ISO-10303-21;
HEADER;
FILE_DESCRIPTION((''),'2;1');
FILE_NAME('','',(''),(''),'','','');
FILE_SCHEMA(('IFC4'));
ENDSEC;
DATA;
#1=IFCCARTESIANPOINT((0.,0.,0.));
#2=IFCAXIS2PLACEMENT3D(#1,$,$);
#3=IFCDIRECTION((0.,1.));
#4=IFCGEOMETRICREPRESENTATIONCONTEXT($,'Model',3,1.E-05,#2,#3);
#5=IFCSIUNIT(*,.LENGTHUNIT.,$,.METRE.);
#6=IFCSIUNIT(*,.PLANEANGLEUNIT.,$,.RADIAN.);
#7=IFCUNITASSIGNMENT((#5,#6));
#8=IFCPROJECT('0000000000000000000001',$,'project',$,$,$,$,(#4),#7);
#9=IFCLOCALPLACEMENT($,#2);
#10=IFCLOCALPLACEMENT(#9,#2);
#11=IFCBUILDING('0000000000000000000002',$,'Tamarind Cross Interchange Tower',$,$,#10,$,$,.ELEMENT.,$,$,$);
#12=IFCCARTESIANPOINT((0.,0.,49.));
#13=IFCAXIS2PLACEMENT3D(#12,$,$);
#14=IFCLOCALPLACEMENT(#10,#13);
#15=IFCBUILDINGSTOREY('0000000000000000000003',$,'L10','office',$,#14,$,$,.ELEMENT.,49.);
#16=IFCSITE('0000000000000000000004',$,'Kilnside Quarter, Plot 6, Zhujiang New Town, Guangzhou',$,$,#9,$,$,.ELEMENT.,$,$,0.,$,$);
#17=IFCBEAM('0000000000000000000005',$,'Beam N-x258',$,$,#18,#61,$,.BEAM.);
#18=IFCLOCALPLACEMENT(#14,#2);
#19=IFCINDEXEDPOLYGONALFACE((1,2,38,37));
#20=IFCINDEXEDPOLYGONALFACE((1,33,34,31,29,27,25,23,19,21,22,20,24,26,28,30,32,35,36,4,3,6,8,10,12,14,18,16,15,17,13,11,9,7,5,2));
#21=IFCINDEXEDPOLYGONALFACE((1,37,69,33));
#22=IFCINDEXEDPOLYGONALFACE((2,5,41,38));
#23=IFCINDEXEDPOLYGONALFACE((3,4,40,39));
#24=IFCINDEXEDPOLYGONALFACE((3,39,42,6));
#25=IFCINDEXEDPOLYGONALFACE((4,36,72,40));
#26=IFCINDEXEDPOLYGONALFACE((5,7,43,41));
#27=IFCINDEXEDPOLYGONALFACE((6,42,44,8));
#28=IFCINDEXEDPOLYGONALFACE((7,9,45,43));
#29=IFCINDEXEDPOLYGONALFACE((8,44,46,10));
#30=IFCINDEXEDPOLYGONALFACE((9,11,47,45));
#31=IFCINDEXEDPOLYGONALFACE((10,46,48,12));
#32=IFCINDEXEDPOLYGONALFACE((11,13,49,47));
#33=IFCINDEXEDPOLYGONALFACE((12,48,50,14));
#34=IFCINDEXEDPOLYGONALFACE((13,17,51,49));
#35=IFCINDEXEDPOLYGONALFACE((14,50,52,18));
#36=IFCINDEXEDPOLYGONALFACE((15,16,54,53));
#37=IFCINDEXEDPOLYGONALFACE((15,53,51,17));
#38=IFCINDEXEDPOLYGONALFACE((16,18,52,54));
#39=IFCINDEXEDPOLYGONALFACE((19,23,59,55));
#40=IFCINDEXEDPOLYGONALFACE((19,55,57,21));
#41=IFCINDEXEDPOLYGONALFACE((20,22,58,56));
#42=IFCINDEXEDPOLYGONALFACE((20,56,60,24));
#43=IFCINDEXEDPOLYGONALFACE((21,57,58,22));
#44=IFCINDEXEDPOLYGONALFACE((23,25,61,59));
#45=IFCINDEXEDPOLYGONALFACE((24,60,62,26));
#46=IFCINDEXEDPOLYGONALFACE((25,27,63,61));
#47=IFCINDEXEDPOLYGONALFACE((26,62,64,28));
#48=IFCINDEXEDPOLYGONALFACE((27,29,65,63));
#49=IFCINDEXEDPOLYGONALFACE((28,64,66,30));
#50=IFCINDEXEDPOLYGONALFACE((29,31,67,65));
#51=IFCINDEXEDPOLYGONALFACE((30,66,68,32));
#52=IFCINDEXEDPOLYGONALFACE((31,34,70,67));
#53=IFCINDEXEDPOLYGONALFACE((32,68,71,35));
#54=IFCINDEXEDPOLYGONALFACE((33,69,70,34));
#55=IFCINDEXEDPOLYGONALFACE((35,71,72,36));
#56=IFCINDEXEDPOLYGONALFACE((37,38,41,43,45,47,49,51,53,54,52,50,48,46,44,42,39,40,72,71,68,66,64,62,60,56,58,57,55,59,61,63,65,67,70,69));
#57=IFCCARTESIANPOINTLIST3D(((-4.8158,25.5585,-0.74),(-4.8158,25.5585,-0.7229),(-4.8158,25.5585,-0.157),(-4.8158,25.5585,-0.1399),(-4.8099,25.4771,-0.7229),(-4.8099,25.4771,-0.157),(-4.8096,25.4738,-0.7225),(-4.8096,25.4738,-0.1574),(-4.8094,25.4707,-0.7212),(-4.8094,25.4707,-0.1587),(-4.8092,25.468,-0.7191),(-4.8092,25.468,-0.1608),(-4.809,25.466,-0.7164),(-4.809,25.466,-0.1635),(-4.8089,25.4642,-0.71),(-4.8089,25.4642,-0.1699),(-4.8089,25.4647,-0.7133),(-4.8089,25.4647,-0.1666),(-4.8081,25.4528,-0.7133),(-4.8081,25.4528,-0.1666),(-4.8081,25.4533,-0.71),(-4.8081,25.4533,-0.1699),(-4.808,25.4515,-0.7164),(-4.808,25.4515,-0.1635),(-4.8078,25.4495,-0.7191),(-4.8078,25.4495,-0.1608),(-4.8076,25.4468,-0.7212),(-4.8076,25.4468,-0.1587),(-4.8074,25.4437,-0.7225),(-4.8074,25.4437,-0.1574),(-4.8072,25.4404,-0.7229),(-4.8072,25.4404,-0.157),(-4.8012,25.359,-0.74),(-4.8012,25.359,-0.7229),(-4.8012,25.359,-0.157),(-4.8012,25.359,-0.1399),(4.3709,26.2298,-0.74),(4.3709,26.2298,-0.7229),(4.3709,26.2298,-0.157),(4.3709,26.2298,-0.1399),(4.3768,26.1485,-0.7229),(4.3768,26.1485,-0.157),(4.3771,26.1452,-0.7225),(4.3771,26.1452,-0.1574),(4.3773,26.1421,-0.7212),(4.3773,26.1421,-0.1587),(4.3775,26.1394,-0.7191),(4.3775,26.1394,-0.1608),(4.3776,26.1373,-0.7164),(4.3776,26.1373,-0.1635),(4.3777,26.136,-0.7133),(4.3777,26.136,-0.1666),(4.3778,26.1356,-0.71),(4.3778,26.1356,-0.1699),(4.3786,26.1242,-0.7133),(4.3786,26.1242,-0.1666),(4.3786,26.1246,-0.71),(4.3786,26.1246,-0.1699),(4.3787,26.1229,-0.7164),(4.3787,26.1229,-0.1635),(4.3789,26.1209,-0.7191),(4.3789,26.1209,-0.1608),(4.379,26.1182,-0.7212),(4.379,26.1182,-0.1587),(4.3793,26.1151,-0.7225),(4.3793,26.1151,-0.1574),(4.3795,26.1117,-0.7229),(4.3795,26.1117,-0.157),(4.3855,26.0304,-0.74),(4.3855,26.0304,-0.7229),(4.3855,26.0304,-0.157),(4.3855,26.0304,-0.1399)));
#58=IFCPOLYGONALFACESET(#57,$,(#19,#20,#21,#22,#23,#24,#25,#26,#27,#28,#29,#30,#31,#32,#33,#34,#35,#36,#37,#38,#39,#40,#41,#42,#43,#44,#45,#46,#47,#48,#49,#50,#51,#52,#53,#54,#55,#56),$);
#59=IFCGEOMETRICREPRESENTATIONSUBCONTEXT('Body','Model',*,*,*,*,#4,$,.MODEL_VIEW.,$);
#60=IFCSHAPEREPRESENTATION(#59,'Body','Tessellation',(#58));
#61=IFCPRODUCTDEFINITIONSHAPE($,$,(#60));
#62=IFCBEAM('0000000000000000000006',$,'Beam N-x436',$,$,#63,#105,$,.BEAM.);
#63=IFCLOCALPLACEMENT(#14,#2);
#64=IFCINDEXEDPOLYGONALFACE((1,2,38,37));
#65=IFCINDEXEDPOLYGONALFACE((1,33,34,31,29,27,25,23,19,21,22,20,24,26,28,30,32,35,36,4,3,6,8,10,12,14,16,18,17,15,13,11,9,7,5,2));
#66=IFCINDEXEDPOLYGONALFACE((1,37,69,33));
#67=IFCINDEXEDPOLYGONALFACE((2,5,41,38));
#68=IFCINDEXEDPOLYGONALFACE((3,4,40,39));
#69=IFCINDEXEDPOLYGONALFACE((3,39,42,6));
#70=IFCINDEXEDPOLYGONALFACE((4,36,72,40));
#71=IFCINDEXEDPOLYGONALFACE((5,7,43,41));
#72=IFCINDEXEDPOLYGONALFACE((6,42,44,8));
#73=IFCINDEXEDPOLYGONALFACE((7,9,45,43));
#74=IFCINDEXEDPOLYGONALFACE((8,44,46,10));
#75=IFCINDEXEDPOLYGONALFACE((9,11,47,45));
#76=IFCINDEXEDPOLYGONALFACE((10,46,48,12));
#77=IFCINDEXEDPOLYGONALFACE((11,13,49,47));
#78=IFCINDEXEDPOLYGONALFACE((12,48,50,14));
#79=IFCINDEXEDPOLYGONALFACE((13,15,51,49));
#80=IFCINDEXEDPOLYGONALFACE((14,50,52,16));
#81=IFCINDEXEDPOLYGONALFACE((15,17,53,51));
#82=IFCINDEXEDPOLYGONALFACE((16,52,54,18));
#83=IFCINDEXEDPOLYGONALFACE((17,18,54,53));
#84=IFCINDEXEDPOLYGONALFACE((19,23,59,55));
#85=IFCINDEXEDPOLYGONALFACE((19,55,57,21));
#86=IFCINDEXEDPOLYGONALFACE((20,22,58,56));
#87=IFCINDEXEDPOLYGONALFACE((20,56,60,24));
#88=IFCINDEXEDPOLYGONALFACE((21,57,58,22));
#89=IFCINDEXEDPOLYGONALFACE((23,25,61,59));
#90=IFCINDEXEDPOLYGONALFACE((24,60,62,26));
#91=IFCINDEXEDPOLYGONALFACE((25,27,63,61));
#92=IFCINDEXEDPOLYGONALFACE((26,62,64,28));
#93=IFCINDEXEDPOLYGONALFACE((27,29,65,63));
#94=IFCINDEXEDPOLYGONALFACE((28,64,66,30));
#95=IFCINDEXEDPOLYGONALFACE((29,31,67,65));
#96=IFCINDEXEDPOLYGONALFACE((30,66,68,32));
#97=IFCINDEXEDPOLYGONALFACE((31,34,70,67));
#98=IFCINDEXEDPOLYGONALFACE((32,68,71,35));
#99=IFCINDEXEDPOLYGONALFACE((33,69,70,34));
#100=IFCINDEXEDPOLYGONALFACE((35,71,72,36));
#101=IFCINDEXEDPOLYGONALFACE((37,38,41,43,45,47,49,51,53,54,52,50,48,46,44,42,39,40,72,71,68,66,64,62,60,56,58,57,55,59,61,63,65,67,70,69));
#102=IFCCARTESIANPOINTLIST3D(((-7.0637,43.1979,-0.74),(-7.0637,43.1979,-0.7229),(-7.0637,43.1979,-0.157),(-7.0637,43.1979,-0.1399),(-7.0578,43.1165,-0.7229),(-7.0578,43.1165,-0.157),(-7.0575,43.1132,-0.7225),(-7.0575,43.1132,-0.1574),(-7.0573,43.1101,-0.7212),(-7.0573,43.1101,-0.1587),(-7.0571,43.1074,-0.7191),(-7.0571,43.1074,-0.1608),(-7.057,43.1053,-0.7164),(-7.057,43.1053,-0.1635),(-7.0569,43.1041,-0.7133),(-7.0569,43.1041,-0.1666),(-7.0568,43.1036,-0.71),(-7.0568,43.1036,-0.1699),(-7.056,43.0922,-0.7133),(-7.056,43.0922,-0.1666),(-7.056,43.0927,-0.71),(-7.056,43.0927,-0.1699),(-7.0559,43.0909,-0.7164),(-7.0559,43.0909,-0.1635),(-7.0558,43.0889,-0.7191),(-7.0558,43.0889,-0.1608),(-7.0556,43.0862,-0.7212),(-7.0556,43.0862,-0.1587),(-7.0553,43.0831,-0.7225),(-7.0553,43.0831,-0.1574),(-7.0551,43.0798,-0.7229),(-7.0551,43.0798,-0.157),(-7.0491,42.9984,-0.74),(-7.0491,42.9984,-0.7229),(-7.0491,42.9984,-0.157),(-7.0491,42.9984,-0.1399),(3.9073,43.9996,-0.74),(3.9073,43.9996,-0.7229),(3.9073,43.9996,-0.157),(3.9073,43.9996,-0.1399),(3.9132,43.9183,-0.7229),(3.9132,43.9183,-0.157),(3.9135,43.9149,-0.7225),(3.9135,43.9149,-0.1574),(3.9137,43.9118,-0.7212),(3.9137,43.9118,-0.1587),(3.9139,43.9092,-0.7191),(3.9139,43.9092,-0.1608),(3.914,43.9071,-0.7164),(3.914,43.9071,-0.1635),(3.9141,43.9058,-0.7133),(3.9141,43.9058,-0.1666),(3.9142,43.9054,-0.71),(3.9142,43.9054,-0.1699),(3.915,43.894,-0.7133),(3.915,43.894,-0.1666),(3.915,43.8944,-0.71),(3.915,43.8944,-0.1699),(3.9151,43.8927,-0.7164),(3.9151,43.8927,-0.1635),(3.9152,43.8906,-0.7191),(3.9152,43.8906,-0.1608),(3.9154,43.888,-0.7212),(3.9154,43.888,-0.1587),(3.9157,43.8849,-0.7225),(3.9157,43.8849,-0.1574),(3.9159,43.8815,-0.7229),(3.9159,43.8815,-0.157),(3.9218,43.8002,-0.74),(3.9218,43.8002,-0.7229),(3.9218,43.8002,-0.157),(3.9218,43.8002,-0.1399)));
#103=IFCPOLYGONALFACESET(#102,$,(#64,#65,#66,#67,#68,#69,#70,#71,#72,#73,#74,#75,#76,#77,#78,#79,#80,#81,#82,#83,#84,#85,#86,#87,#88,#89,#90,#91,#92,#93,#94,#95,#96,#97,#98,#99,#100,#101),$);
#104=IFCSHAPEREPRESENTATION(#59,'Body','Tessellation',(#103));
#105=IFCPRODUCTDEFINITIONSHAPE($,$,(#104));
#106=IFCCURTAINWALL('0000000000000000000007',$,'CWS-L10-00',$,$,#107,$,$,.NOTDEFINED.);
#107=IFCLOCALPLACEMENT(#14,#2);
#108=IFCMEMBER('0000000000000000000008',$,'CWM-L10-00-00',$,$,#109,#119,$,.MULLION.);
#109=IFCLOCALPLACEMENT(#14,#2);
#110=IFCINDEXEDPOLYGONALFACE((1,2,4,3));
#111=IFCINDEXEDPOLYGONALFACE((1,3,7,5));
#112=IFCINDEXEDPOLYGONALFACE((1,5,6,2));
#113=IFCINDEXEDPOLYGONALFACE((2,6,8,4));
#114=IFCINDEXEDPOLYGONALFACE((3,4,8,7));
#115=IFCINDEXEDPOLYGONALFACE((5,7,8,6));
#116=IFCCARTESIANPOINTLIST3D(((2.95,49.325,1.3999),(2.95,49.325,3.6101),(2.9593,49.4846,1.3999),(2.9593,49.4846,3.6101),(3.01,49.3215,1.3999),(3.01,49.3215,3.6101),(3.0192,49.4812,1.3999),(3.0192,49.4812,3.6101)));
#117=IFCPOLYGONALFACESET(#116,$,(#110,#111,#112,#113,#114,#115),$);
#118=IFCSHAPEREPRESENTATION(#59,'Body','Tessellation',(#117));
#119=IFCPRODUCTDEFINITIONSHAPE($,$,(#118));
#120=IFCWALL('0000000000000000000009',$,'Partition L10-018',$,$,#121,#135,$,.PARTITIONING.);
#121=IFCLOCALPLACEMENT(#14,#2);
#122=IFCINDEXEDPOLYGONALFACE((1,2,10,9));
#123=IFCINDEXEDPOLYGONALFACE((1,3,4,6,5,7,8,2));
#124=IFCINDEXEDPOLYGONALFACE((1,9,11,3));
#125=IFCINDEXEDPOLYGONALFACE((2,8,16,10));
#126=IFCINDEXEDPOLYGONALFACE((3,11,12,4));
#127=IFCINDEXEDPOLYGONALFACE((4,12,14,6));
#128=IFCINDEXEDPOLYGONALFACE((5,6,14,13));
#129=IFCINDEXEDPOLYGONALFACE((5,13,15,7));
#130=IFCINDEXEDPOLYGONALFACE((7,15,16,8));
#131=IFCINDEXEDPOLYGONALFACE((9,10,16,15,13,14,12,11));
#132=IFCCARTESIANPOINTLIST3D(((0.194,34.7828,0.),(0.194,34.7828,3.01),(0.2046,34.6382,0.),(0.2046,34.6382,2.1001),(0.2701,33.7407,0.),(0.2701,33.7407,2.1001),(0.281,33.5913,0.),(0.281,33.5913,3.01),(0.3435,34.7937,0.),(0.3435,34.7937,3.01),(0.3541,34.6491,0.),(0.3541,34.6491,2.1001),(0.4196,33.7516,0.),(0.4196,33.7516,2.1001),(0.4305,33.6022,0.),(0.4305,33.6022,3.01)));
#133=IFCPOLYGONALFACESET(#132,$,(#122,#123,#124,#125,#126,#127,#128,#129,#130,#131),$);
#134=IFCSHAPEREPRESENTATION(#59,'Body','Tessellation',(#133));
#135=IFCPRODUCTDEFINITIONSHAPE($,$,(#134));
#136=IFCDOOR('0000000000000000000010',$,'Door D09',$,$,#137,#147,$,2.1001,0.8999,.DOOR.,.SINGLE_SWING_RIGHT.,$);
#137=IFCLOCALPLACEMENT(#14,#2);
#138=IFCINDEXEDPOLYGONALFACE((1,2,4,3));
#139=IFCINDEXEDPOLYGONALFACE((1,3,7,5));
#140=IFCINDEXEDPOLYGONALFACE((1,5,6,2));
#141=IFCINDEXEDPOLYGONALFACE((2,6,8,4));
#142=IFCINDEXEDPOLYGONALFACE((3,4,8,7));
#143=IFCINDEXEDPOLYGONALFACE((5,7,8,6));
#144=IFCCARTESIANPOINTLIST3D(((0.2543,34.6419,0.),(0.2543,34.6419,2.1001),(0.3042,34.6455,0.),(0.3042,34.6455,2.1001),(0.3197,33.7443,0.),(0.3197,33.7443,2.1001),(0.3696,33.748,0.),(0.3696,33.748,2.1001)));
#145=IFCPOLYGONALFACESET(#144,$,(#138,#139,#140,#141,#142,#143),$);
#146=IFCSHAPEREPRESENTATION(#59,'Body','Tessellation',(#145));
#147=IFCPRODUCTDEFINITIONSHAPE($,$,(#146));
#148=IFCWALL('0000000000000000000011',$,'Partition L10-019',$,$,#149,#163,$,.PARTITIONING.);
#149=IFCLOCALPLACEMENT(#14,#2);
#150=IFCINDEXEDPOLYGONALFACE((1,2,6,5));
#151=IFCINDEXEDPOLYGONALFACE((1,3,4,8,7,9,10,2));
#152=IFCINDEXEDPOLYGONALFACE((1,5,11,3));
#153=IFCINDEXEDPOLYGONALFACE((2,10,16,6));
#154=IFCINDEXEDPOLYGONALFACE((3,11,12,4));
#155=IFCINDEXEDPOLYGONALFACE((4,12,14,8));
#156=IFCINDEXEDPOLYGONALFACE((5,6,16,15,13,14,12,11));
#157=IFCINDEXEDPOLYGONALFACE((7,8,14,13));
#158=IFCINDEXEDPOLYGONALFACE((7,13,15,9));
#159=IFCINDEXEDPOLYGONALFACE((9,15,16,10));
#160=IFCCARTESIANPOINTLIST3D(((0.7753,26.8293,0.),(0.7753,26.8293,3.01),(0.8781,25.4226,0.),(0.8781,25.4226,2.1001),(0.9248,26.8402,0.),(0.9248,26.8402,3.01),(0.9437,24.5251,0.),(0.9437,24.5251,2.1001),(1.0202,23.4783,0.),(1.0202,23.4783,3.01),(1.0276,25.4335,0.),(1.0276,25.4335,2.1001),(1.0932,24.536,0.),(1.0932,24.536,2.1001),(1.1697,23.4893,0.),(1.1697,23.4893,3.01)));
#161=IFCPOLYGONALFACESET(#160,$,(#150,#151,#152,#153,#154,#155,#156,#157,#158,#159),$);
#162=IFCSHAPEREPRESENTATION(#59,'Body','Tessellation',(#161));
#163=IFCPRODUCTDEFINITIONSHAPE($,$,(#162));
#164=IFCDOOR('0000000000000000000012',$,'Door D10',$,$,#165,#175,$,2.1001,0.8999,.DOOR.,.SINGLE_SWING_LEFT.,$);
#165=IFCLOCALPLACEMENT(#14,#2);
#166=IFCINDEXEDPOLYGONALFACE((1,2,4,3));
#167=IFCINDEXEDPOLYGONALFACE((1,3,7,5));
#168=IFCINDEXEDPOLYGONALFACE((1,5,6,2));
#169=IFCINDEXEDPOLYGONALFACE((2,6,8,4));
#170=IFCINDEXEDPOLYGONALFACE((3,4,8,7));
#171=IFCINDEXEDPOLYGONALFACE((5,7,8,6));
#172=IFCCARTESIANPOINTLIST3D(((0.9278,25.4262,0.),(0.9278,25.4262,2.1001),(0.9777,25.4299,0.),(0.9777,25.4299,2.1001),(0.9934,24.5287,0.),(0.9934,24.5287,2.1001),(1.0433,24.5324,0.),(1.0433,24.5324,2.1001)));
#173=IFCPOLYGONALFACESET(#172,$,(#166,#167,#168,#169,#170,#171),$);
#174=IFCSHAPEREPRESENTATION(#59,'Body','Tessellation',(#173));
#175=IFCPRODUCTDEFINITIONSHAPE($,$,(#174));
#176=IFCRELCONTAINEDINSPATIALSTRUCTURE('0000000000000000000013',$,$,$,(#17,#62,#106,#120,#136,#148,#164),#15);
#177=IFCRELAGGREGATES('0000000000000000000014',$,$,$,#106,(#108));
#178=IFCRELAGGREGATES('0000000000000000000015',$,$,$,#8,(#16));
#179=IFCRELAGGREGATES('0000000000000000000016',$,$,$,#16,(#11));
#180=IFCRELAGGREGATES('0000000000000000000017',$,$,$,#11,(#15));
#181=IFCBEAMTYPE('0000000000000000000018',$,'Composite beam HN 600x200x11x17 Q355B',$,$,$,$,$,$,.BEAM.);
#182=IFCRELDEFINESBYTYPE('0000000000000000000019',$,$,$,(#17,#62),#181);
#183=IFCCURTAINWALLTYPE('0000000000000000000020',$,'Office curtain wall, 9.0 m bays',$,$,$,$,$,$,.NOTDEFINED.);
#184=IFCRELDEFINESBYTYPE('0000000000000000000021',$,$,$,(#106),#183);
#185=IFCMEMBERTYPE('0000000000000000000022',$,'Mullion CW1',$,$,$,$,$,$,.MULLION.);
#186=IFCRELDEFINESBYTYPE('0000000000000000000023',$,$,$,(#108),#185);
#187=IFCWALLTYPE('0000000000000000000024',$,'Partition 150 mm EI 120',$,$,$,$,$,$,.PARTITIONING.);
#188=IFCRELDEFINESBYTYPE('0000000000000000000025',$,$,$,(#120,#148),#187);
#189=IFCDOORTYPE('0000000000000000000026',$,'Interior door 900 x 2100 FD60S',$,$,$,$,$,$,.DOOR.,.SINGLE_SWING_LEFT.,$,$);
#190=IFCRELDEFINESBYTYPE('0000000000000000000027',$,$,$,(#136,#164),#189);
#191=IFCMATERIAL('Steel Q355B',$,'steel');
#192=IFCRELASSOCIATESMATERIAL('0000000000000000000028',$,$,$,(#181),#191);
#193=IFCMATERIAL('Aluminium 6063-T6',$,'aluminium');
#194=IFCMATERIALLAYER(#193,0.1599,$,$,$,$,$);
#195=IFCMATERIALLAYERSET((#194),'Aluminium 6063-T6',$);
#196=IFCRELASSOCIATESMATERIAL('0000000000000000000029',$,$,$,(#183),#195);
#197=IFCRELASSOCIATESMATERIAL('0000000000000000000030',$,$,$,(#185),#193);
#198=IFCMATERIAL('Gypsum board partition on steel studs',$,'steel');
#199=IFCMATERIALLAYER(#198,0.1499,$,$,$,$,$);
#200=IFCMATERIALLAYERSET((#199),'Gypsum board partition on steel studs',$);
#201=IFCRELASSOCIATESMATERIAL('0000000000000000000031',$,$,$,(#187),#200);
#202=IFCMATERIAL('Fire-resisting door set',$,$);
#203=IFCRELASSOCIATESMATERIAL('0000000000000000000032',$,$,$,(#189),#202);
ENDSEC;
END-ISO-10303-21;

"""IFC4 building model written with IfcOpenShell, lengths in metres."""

from ifc_helpers import new_model, si_unit, direction, frame, frame_2d, origin, origin_2d, place, context, subcontext, project, spatial, rectangle, i_section, extrude, material, layer, layer_set, material_profile, profile_set, type_object, element, fill, aggregate, save


model = new_model("IFC4")

# Units and contexts
model_context = context("Model", 3, precision=1e-05, world=origin(), true_north=direction((0.0, 1.0)))
body_context = subcontext(model_context, "Body", "Model", "MODEL_VIEW")
ifc_project = project(units=[si_unit("LENGTHUNIT", "METRE"), si_unit("PLANEANGLEUNIT", "RADIAN")], contexts=[model_context])

# Site, building, storey
site_placement = place(None, origin())
site = spatial("IfcSite", under=ifc_project, at=site_placement, Name="Kilnside Quarter, Plot 6, Zhujiang New Town, Guangzhou", CompositionType="ELEMENT", RefElevation=0.0)
building_placement = place(site_placement, origin())
building = spatial("IfcBuilding", under=site, at=building_placement, Name="Tamarind Cross Interchange Tower", CompositionType="ELEMENT")
storey_placement = place(building_placement, frame((0.0, 0.0, 49.0)))
storey = spatial("IfcBuildingStorey", under=building, at=storey_placement, Name="L10", Description="office", CompositionType="ELEMENT", Elevation=49.0)

# Beams
ifc_material_1 = material(Name="Steel Q355B", Category="steel")
ifc_material_profile_1 = material_profile(ifc_material_1, i_section(OverallWidth=0.2, OverallDepth=0.6001, WebThickness=0.011, FlangeThickness=0.0171, FilletRadius=0.0129, at=origin_2d()), Name="HN 600x200x11x17")
ifc_profile_set_1 = profile_set([ifc_material_profile_1], Name="Steel Q355B")
beam_type_1 = type_object("IfcBeamType", Name="Composite beam HN 600x200x11x17 Q355B", PredefinedType="BEAM", material=ifc_profile_set_1)
beam_1_placement = place(storey_placement, frame((4.3782, 26.1301, -0.4399), z_axis=(-0.99734, -0.072888, 0.0), x_axis=(0.072888, -0.99734, 0.0)))
element("IfcBeam", 1, at=beam_1_placement, inside=storey, type_object=beam_type_1, Name="Beam N-x258", PredefinedType="BEAM", context=body_context, shape_type="SweptSolid", body=[
    extrude(i_section(OverallWidth=0.2, OverallDepth=0.6001, WebThickness=0.011, FlangeThickness=0.0171, FilletRadius=0.0129, at=origin_2d()), origin(), (0.0, 0.0, 1.0), 9.2112),
])
beam_2_placement = place(storey_placement, frame((3.9146, 43.8999, -0.4399), z_axis=(-0.99734, -0.072886, 0.0), x_axis=(0.072886, -0.99734, 0.0)))
element("IfcBeam", 2, at=beam_2_placement, inside=storey, type_object=beam_type_1, Name="Beam N-x436", PredefinedType="BEAM", context=body_context, shape_type="SweptSolid", body=[
    extrude(i_section(OverallWidth=0.2, OverallDepth=0.6001, WebThickness=0.011, FlangeThickness=0.0171, FilletRadius=0.0129, at=origin_2d()), origin(), (0.0, 0.0, 1.0), 11.0002),
])

# Curtain wall, member
ifc_material_2 = material(Name="Aluminium 6063-T6", Category="aluminium")
ifc_layer_1 = layer(ifc_material_2, 0.1599)
ifc_layer_set_1 = layer_set([ifc_layer_1], Name="Aluminium 6063-T6")
curtain_wall_type = type_object("IfcCurtainWallType", Name="Office curtain wall, 9.0 m bays", PredefinedType="NOTDEFINED", material=ifc_layer_set_1)
curtain_wall_placement = place(storey_placement, origin())
curtain_wall = element("IfcCurtainWall", 3, at=curtain_wall_placement, inside=storey, type_object=curtain_wall_type, Name="CWS-L10-00", PredefinedType="NOTDEFINED")
ifc_material_profile_2 = material_profile(ifc_material_2, rectangle(XDim=0.0601, YDim=0.1599, at=origin_2d()), Name="Mullion CW1")
ifc_profile_set_2 = profile_set([ifc_material_profile_2], Name="Aluminium 6063-T6")
member_type = type_object("IfcMemberType", Name="Mullion CW1", PredefinedType="MULLION", material=ifc_profile_set_2)
member_placement = place(storey_placement, frame((2.9846, 49.4031, 1.3999), z_axis=(0.0, 0.0, 1.0), x_axis=(-0.998321, 0.057926, 0.0)))
member = element("IfcMember", 4, at=member_placement, type_object=member_type, Name="CWM-L10-00-00", PredefinedType="MULLION", context=body_context, shape_type="SweptSolid", body=[
    extrude(rectangle(XDim=0.0601, YDim=0.1599, at=origin_2d()), origin(), (0.0, 0.0, 1.0), 2.2102),
])
aggregate(curtain_wall, [member])

# Walls, openings, doors
ifc_material_3 = material(Name="Gypsum board partition on steel studs", Category="steel")
ifc_layer_2 = layer(ifc_material_3, 0.1499)
ifc_layer_set_2 = layer_set([ifc_layer_2], Name="Gypsum board partition on steel studs")
wall_type_1 = type_object("IfcWallType", Name="Partition 150 mm EI 120", PredefinedType="PARTITIONING", material=ifc_layer_set_2)
wall_1_placement = place(storey_placement, frame((0.2688, 34.7881, 0.0), z_axis=(0.0, 0.0, 1.0), x_axis=(0.072757, -0.99735, 0.0)))
wall_1 = element("IfcWall", 5, at=wall_1_placement, inside=storey, type_object=wall_type_1, Name="Partition L10-018", PredefinedType="PARTITIONING", context=body_context, shape_type="SweptSolid", body=[
    extrude(rectangle(XDim=1.1946, YDim=0.1499, at=frame_2d((0.5972, 0.0))), origin(), (0.0, 0.0, 1.0), 3.01),
])
opening_1_placement = place(wall_1_placement, frame((0.1448, 0.0, 0.0)))
opening_1 = element("IfcOpeningElement", 6, at=opening_1_placement, cuts=wall_1, PredefinedType="OPENING", context=body_context, shape_type="SweptSolid", body=[
    extrude(rectangle(XDim=0.8999, YDim=2.1001, at=frame_2d((0.45, 1.05))), frame((0.0, 0.085, 0.0), z_axis=(0.0, -1.0, 0.0), x_axis=(1.0, 0.0, 0.0)), (0.0, 0.0, 1.0), 0.1699),
])
ifc_material_4 = material(Name="Fire-resisting door set")
door_type_1 = type_object("IfcDoorType", Name="Interior door 900 x 2100 FD60S", OperationType="SINGLE_SWING_LEFT", PredefinedType="DOOR", material=ifc_material_4)
door_1_placement = place(opening_1_placement, origin())
door_1 = element("IfcDoor", 7, at=door_1_placement, inside=storey, type_object=door_type_1, Name="Door D09", OperationType="SINGLE_SWING_RIGHT", OverallHeight=2.1001, OverallWidth=0.8999, PredefinedType="DOOR", context=body_context, shape_type="SweptSolid", body=[
    extrude(rectangle(XDim=0.8999, YDim=2.1001, at=frame_2d((0.45, 1.05))), frame((0.0, 0.0249, 0.0), z_axis=(0.0, -1.0, 0.0), x_axis=(1.0, 0.0, 0.0)), (0.0, 0.0, 1.0), 0.05),
])
fill(opening_1, door_1)
wall_2_placement = place(storey_placement, frame((0.8501, 26.8347, 0.0), z_axis=(0.0, 0.0, 1.0), x_axis=(0.072884, -0.99734, 0.0)))
wall_2 = element("IfcWall", 8, at=wall_2_placement, inside=storey, type_object=wall_type_1, Name="Partition L10-019", PredefinedType="PARTITIONING", context=body_context, shape_type="SweptSolid", body=[
    extrude(rectangle(XDim=3.3599, YDim=0.1499, at=frame_2d((1.6799, 0.0))), origin(), (0.0, 0.0, 1.0), 3.01),
])
opening_2_placement = place(wall_2_placement, frame((1.4104, 0.0, 0.0)))
opening_2 = element("IfcOpeningElement", 9, at=opening_2_placement, cuts=wall_2, PredefinedType="OPENING", context=body_context, shape_type="SweptSolid", body=[
    extrude(rectangle(XDim=0.8999, YDim=2.1001, at=frame_2d((0.45, 1.05))), frame((0.0, 0.085, 0.0), z_axis=(0.0, -1.0, 0.0), x_axis=(1.0, 0.0, 0.0)), (0.0, 0.0, 1.0), 0.1699),
])
door_2_placement = place(opening_2_placement, origin())
door_2 = element("IfcDoor", 10, at=door_2_placement, inside=storey, type_object=door_type_1, Name="Door D10", OperationType="SINGLE_SWING_LEFT", OverallHeight=2.1001, OverallWidth=0.8999, PredefinedType="DOOR", context=body_context, shape_type="SweptSolid", body=[
    extrude(rectangle(XDim=0.8999, YDim=2.1001, at=frame_2d((0.45, 1.05))), frame((0.0, 0.0249, 0.0), z_axis=(0.0, -1.0, 0.0), x_axis=(1.0, 0.0, 0.0)), (0.0, 0.0, 1.0), 0.05),
])
fill(opening_2, door_2)

save(model, "model.ifc")
